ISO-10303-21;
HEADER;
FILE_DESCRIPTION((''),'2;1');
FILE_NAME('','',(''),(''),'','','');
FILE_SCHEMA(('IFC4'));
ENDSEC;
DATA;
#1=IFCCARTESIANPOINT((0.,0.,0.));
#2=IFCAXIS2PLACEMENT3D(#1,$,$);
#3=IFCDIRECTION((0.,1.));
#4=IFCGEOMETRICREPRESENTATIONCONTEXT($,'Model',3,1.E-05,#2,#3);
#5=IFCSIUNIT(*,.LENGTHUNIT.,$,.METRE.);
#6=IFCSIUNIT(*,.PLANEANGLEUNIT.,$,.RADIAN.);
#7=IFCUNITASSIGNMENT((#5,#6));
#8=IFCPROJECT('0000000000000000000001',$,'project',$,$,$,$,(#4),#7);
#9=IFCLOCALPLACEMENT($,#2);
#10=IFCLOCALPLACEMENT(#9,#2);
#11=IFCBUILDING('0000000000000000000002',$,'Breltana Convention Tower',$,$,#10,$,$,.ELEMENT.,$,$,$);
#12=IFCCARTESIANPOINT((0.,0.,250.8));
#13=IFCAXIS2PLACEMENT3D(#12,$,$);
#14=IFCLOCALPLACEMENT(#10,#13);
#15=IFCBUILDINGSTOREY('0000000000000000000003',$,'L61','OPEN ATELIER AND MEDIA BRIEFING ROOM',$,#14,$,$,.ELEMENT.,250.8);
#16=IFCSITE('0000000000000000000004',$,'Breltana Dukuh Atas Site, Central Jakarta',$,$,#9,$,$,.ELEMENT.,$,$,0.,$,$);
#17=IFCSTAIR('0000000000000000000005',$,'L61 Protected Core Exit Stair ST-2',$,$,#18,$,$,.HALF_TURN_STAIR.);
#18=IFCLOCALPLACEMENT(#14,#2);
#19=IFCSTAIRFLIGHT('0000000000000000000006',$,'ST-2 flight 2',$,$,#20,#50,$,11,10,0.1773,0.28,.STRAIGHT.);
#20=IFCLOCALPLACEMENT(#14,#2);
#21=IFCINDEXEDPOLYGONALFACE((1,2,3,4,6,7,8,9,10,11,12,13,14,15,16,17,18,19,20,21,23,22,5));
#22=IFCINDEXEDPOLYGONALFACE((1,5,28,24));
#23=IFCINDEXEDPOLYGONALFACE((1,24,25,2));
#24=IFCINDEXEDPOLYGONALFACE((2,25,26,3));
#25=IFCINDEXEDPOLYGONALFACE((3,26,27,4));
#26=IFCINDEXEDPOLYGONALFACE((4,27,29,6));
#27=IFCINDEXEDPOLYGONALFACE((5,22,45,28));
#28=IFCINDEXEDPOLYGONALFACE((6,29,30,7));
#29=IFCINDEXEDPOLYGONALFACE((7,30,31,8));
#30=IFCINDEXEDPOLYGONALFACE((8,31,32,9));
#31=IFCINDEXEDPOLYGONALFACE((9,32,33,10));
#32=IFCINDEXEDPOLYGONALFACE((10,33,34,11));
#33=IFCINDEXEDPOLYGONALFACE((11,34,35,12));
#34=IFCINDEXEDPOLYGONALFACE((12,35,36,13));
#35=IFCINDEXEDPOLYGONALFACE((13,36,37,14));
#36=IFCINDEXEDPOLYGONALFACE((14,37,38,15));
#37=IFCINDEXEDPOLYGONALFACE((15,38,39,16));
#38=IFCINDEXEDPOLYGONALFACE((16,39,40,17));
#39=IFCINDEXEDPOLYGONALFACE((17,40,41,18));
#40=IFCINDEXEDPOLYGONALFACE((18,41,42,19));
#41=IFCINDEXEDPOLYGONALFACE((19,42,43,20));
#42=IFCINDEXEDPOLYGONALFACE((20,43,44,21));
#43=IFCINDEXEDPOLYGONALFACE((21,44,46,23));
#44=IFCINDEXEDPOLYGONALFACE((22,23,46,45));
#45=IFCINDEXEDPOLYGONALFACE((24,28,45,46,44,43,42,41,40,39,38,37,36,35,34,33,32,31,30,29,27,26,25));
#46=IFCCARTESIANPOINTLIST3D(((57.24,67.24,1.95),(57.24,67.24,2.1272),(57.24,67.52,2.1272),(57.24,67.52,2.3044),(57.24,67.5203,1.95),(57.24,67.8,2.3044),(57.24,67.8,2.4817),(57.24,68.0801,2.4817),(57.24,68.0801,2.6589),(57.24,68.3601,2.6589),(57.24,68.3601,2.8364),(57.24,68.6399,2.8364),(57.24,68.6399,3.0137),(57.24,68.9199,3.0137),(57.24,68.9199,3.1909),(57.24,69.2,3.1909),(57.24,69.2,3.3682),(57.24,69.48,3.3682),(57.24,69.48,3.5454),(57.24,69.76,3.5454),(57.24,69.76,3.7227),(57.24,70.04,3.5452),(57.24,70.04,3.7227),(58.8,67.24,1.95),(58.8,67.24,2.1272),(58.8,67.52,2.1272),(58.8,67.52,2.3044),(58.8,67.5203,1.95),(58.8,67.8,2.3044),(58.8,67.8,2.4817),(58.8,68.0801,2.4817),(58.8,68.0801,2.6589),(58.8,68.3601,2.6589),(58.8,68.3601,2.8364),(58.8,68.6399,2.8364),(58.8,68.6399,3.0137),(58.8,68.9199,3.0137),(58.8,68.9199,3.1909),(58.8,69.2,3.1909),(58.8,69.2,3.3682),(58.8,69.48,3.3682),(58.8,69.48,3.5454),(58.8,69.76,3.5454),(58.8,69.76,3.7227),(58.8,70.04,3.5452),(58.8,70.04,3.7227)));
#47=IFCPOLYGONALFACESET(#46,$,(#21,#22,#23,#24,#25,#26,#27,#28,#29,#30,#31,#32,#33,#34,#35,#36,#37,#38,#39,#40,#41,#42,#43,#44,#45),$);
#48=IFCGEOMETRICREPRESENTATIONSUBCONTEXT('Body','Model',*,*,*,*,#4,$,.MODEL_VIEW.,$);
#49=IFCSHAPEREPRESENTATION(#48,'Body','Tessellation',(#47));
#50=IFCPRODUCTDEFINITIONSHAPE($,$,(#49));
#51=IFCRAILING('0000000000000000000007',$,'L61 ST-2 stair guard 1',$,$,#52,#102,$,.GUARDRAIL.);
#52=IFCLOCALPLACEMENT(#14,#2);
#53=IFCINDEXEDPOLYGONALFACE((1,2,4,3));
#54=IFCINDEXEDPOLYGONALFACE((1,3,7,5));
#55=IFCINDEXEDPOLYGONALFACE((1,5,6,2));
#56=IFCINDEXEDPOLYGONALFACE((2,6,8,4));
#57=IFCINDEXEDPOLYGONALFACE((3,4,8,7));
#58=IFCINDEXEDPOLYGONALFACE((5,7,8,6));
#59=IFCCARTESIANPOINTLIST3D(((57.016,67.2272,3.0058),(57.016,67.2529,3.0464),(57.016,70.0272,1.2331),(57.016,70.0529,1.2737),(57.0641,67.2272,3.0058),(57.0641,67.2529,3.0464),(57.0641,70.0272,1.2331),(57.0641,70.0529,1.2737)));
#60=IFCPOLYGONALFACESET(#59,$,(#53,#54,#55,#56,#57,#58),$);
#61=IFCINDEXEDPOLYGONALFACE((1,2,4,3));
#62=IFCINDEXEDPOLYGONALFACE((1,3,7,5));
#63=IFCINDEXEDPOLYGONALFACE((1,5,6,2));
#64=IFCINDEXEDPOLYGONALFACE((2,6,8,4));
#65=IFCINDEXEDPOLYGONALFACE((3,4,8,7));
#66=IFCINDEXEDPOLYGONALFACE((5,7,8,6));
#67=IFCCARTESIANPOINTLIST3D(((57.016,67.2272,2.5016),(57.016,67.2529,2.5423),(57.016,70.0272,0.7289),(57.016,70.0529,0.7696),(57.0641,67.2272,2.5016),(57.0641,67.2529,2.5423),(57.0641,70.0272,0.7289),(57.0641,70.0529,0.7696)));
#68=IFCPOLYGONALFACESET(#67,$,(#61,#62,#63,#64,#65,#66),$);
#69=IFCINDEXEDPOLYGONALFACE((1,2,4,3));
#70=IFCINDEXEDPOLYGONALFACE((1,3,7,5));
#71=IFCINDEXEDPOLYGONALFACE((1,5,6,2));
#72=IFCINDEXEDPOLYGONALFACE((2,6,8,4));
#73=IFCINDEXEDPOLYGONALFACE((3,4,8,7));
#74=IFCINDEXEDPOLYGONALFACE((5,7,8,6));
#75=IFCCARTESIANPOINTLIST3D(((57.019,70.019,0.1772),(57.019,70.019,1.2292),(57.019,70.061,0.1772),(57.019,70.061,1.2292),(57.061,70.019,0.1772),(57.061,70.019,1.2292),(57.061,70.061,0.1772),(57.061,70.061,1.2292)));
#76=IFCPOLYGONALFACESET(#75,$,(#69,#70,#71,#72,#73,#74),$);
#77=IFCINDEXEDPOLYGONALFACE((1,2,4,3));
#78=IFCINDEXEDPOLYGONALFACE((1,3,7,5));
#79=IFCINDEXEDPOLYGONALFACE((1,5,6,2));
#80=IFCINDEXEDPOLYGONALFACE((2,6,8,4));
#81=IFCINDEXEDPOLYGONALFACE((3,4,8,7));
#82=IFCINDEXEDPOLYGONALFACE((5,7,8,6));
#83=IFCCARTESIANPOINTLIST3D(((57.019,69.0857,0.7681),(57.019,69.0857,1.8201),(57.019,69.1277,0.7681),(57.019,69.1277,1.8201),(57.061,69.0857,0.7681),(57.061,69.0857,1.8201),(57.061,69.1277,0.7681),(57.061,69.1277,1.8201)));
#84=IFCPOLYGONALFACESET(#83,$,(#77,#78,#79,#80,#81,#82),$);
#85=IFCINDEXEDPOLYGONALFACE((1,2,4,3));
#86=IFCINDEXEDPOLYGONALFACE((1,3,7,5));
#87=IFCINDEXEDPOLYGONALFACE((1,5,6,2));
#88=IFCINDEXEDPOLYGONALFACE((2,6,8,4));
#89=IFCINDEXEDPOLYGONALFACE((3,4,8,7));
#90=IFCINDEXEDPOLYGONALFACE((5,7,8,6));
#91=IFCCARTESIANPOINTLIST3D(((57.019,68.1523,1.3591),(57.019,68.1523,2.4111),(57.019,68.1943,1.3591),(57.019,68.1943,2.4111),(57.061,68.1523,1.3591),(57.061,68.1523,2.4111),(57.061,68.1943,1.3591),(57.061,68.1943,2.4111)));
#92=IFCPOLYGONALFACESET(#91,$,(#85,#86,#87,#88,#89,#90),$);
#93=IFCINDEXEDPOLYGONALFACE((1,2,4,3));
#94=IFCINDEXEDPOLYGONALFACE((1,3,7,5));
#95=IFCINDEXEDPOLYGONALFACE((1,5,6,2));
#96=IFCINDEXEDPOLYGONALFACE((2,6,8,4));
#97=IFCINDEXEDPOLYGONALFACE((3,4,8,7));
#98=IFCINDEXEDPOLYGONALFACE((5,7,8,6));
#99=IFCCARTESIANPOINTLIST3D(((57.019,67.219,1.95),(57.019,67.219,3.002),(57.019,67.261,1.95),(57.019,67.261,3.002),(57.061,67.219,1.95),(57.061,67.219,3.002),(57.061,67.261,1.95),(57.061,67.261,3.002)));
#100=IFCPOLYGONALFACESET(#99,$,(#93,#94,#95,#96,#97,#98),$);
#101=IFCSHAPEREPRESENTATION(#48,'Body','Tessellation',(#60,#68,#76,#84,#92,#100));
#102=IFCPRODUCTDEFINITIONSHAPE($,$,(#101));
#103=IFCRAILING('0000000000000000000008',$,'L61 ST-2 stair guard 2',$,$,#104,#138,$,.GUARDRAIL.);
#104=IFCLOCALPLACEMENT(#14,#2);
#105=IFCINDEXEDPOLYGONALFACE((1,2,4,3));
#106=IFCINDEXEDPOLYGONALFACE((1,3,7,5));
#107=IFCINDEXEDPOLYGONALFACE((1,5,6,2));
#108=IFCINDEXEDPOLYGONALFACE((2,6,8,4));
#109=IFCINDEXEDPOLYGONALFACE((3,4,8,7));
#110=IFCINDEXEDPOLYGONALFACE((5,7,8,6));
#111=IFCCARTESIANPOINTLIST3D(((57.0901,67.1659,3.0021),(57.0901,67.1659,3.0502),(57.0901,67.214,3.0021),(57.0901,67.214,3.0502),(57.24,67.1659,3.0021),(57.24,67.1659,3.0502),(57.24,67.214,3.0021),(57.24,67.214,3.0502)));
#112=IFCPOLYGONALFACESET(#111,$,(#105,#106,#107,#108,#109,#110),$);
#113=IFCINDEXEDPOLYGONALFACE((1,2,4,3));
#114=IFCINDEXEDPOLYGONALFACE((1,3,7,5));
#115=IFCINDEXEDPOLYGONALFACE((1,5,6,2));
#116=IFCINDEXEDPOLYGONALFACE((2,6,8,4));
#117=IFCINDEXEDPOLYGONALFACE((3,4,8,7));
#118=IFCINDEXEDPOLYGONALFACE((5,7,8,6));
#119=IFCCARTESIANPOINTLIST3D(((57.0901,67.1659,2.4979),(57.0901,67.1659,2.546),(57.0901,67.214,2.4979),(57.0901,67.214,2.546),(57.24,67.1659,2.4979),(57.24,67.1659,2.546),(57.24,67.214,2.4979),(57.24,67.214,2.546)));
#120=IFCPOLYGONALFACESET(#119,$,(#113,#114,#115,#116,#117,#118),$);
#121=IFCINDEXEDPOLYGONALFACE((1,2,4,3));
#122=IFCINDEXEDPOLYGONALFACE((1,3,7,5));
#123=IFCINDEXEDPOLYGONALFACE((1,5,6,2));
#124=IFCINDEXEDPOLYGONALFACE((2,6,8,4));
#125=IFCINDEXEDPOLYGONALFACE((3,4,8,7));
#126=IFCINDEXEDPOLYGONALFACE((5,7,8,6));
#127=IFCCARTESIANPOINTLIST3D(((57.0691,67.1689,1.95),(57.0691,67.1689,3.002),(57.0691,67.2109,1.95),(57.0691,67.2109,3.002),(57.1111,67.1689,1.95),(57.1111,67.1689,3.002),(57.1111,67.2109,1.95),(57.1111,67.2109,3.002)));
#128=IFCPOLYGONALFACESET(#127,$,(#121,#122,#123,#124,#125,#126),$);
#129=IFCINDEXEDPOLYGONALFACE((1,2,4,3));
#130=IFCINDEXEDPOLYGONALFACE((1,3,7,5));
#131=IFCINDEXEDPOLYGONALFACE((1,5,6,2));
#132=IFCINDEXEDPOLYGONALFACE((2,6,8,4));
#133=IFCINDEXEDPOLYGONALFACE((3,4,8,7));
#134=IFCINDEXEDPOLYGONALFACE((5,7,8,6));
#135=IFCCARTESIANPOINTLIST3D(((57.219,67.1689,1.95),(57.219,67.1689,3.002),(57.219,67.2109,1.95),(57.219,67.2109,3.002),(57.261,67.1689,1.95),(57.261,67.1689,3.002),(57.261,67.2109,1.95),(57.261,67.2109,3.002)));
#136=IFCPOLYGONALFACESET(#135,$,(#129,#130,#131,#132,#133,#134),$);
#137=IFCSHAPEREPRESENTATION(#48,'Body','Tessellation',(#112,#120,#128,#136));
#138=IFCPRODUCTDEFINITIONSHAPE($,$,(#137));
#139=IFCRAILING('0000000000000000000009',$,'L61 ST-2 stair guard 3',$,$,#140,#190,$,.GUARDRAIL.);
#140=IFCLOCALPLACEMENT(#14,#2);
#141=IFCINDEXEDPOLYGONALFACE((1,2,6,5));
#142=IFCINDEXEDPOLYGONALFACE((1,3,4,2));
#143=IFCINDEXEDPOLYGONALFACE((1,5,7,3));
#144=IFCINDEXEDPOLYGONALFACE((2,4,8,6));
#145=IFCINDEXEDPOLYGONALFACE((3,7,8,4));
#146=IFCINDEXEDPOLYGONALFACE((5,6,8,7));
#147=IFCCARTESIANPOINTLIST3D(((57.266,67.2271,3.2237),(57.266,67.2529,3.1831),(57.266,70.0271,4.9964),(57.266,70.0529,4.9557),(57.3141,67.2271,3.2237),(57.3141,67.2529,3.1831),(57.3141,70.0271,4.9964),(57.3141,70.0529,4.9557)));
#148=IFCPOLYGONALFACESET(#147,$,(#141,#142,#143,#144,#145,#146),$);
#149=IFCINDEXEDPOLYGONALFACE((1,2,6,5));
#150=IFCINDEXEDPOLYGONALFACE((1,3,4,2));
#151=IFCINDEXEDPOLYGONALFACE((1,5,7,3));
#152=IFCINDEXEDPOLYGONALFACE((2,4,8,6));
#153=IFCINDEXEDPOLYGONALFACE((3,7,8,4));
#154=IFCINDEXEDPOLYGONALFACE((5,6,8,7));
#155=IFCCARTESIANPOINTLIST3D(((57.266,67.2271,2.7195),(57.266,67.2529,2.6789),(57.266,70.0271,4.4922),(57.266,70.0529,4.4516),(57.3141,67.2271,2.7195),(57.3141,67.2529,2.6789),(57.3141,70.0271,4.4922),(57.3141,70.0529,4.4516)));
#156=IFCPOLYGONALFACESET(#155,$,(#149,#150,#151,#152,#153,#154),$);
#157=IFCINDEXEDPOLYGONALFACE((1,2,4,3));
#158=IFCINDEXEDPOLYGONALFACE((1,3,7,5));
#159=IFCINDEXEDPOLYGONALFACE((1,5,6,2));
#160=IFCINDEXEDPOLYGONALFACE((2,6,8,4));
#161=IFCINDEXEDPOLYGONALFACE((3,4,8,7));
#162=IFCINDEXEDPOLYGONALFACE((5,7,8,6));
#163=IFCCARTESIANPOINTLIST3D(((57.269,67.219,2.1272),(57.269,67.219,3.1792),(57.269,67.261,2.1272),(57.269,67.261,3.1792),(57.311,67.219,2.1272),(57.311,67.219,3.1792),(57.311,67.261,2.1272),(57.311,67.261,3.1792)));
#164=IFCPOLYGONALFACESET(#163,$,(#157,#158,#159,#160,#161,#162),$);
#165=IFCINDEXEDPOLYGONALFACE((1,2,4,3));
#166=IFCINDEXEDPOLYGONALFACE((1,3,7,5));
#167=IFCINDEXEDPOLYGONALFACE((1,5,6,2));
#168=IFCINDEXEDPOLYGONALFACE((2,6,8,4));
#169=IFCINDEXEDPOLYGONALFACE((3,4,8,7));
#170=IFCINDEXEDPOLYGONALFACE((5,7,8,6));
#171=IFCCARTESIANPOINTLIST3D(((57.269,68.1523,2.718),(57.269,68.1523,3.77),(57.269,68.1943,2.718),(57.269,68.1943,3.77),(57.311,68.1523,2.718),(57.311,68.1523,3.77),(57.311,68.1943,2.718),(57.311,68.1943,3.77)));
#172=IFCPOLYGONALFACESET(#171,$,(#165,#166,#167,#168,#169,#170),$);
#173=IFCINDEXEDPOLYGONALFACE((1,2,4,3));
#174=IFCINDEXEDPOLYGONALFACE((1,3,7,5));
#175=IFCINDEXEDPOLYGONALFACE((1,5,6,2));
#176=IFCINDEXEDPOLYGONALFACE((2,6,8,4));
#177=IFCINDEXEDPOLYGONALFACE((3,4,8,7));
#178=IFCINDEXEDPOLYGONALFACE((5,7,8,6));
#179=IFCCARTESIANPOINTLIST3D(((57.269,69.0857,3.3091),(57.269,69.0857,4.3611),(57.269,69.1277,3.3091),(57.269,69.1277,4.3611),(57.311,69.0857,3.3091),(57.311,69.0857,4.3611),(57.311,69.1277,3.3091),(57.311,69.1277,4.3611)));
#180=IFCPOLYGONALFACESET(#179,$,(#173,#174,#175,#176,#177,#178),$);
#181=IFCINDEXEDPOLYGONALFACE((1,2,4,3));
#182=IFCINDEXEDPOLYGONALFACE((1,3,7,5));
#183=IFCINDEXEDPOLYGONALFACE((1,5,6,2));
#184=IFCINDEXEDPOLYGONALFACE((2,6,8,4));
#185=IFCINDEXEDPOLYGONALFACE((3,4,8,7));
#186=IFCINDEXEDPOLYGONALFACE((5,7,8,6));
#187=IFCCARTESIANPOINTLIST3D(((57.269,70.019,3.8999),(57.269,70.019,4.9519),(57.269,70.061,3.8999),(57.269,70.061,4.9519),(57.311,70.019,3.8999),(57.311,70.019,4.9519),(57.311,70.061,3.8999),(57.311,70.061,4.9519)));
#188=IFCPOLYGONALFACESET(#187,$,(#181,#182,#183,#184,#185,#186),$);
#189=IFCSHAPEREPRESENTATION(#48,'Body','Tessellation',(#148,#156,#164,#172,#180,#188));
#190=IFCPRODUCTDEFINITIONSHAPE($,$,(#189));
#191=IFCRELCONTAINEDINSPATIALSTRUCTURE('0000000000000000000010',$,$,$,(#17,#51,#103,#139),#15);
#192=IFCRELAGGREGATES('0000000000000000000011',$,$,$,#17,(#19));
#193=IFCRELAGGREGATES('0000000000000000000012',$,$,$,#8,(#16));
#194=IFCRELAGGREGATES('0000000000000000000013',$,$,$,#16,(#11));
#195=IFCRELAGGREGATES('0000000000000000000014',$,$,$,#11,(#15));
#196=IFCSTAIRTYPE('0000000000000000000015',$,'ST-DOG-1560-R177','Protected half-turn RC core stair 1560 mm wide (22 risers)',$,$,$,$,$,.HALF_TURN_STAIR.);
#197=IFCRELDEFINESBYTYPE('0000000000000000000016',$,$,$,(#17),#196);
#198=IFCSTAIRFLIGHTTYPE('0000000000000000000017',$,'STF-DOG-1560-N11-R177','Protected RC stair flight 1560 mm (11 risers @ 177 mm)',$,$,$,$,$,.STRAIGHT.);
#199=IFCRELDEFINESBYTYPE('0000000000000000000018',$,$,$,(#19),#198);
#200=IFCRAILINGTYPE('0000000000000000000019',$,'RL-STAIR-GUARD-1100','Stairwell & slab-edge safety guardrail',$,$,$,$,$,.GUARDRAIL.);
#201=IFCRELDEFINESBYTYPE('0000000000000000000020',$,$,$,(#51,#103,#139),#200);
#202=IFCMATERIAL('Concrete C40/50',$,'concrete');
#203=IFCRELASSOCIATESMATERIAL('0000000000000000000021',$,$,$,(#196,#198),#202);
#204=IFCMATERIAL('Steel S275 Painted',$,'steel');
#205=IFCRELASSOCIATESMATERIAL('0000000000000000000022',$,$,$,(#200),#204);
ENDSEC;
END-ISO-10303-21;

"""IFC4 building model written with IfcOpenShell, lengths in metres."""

from ifc_helpers import new_model, si_unit, direction, frame, origin, origin_2d, place, context, subcontext, project, spatial, polyline, rectangle, outline, extrude, material, type_object, element, aggregate, save


model = new_model("IFC4")

# Units and contexts
model_context = context("Model", 3, precision=1e-05, world=origin(), true_north=direction((0.0, 1.0)))
body_context = subcontext(model_context, "Body", "Model", "MODEL_VIEW")
ifc_project = project(units=[si_unit("LENGTHUNIT", "METRE"), si_unit("PLANEANGLEUNIT", "RADIAN")], contexts=[model_context])

# Site, building, storey
site_placement = place(None, origin())
site = spatial("IfcSite", under=ifc_project, at=site_placement, Name="Breltana Dukuh Atas Site, Central Jakarta", CompositionType="ELEMENT", RefElevation=0.0)
building_placement = place(site_placement, origin())
building = spatial("IfcBuilding", under=site, at=building_placement, Name="Breltana Convention Tower", CompositionType="ELEMENT")
storey_placement = place(building_placement, frame((0.0, 0.0, 250.8)))
storey = spatial("IfcBuildingStorey", under=building, at=storey_placement, Name="L61", Description="OPEN ATELIER AND MEDIA BRIEFING ROOM", CompositionType="ELEMENT", Elevation=250.8)

# Stair, stair flight
ifc_material_1 = material(Name="Concrete C40/50", Category="concrete")
stair_type = type_object("IfcStairType", Name="ST-DOG-1560-R177", Description="Protected half-turn RC core stair 1560 mm wide (22 risers)", PredefinedType="HALF_TURN_STAIR", material=ifc_material_1)
stair_placement = place(storey_placement, origin())
stair = element("IfcStair", 1, at=stair_placement, inside=storey, type_object=stair_type, Name="L61 Protected Core Exit Stair ST-2", PredefinedType="HALF_TURN_STAIR")
stair_flight_type = type_object("IfcStairFlightType", Name="STF-DOG-1560-N11-R177", Description="Protected RC stair flight 1560 mm (11 risers @ 177 mm)", PredefinedType="STRAIGHT", material=ifc_material_1)
stair_flight_1_placement = place(storey_placement, frame((58.02, 67.24, 1.95), z_axis=(0.0, 0.0, 1.0), x_axis=(0.0, 1.0, 0.0)))
stair_flight_1 = element("IfcStairFlight", 2, at=stair_flight_1_placement, type_object=stair_flight_type, Name="ST-2 flight 2", NumberOfRisers=11, NumberOfTreads=10, PredefinedType="STRAIGHT", RiserHeight=0.1773, TreadLength=0.28, context=body_context, shape_type="SweptSolid", body=[
    extrude(outline(polyline([(0.0, 0.0), (0.0, 0.1772), (0.28, 0.1772), (0.28, 0.3545), (0.5601, 0.3545), (0.5601, 0.5317), (0.8401, 0.5317), (0.8401, 0.709), (1.1201, 0.709), (1.1201, 0.8865), (1.3999, 0.8865), (1.3999, 1.0637), (1.6799, 1.0637), (1.6799, 1.241), (1.96, 1.241), (1.96, 1.4182), (2.24, 1.4182), (2.24, 1.5955), (2.52, 1.5955), (2.52, 1.7727), (2.8, 1.7727), (2.8, 1.95), (2.8, 1.5952), (0.2803, 0.0), (0.0, 0.0)])), frame((0.0, 0.78, 0.0), z_axis=(0.0, -1.0, 0.0), x_axis=(1.0, 0.0, 0.0)), (0.0, 0.0, 1.0), 1.5601),
])
aggregate(stair, [stair_flight_1])

# Railings
ifc_material_2 = material(Name="Steel S275 Painted", Category="steel")
railing_type_1 = type_object("IfcRailingType", Name="RL-STAIR-GUARD-1100", Description="Stairwell & slab-edge safety guardrail", PredefinedType="GUARDRAIL", material=ifc_material_2)
railing_1_placement = place(storey_placement, frame((57.04, 70.04, 0.1772)))
element("IfcRailing", 3, at=railing_1_placement, inside=storey, type_object=railing_type_1, Name="L61 ST-2 stair guard 1", PredefinedType="GUARDRAIL", context=body_context, shape_type="SweptSolid", body=[
    extrude(rectangle(XDim=0.0481, YDim=0.0481, at=origin_2d()), frame((0.0, 0.0, 1.0762), z_axis=(0.0, -0.844909, 0.53491), x_axis=(1.0, 0.0, 0.0)), (0.0, 0.0, 1.0), 3.314),
    extrude(rectangle(XDim=0.0481, YDim=0.0481, at=origin_2d()), frame((0.0, 0.0, 0.572), z_axis=(0.0, -0.844909, 0.53491), x_axis=(1.0, 0.0, 0.0)), (0.0, 0.0, 1.0), 3.314),
    extrude(rectangle(XDim=0.042, YDim=0.042, at=origin_2d()), origin(), (0.0, 0.0, 1.0), 1.052),
    extrude(rectangle(XDim=0.042, YDim=0.042, at=origin_2d()), frame((0.0, -0.9333, 0.5908)), (0.0, 0.0, 1.0), 1.052),
    extrude(rectangle(XDim=0.042, YDim=0.042, at=origin_2d()), frame((0.0, -1.8667, 1.1819)), (0.0, 0.0, 1.0), 1.052),
    extrude(rectangle(XDim=0.042, YDim=0.042, at=origin_2d()), frame((0.0, -2.8, 1.7727)), (0.0, 0.0, 1.0), 1.052),
])
railing_2_placement = place(storey_placement, frame((57.0901, 67.1899, 1.95)))
element("IfcRailing", 4, at=railing_2_placement, inside=storey, type_object=railing_type_1, Name="L61 ST-2 stair guard 2", PredefinedType="GUARDRAIL", context=body_context, shape_type="SweptSolid", body=[
    extrude(rectangle(XDim=0.0481, YDim=0.0481, at=origin_2d()), frame((0.0, 0.0, 1.0762), z_axis=(1.0, 0.0, 0.0), x_axis=(0.0, 1.0, 0.0)), (0.0, 0.0, 1.0), 0.1499),
    extrude(rectangle(XDim=0.0481, YDim=0.0481, at=origin_2d()), frame((0.0, 0.0, 0.572), z_axis=(1.0, 0.0, 0.0), x_axis=(0.0, 1.0, 0.0)), (0.0, 0.0, 1.0), 0.1499),
    extrude(rectangle(XDim=0.042, YDim=0.042, at=origin_2d()), origin(), (0.0, 0.0, 1.0), 1.052),
    extrude(rectangle(XDim=0.042, YDim=0.042, at=origin_2d()), frame((0.1499, 0.0, 0.0)), (0.0, 0.0, 1.0), 1.052),
])
railing_3_placement = place(storey_placement, frame((57.29, 67.24, 2.1272)))
element("IfcRailing", 5, at=railing_3_placement, inside=storey, type_object=railing_type_1, Name="L61 ST-2 stair guard 3", PredefinedType="GUARDRAIL", context=body_context, shape_type="SweptSolid", body=[
    extrude(rectangle(XDim=0.0481, YDim=0.0481, at=origin_2d()), frame((0.0, 0.0, 1.0762), z_axis=(0.0, 0.844909, 0.53491), x_axis=(-1.0, 0.0, 0.0)), (0.0, 0.0, 1.0), 3.314),
    extrude(rectangle(XDim=0.0481, YDim=0.0481, at=origin_2d()), frame((0.0, 0.0, 0.572), z_axis=(0.0, 0.844909, 0.53491), x_axis=(-1.0, 0.0, 0.0)), (0.0, 0.0, 1.0), 3.314),
    extrude(rectangle(XDim=0.042, YDim=0.042, at=origin_2d()), origin(), (0.0, 0.0, 1.0), 1.052),
    extrude(rectangle(XDim=0.042, YDim=0.042, at=origin_2d()), frame((0.0, 0.9333, 0.5908)), (0.0, 0.0, 1.0), 1.052),
    extrude(rectangle(XDim=0.042, YDim=0.042, at=origin_2d()), frame((0.0, 1.8667, 1.1819)), (0.0, 0.0, 1.0), 1.052),
    extrude(rectangle(XDim=0.042, YDim=0.042, at=origin_2d()), frame((0.0, 2.8, 1.7727)), (0.0, 0.0, 1.0), 1.052),
])

save(model, "model.ifc")
